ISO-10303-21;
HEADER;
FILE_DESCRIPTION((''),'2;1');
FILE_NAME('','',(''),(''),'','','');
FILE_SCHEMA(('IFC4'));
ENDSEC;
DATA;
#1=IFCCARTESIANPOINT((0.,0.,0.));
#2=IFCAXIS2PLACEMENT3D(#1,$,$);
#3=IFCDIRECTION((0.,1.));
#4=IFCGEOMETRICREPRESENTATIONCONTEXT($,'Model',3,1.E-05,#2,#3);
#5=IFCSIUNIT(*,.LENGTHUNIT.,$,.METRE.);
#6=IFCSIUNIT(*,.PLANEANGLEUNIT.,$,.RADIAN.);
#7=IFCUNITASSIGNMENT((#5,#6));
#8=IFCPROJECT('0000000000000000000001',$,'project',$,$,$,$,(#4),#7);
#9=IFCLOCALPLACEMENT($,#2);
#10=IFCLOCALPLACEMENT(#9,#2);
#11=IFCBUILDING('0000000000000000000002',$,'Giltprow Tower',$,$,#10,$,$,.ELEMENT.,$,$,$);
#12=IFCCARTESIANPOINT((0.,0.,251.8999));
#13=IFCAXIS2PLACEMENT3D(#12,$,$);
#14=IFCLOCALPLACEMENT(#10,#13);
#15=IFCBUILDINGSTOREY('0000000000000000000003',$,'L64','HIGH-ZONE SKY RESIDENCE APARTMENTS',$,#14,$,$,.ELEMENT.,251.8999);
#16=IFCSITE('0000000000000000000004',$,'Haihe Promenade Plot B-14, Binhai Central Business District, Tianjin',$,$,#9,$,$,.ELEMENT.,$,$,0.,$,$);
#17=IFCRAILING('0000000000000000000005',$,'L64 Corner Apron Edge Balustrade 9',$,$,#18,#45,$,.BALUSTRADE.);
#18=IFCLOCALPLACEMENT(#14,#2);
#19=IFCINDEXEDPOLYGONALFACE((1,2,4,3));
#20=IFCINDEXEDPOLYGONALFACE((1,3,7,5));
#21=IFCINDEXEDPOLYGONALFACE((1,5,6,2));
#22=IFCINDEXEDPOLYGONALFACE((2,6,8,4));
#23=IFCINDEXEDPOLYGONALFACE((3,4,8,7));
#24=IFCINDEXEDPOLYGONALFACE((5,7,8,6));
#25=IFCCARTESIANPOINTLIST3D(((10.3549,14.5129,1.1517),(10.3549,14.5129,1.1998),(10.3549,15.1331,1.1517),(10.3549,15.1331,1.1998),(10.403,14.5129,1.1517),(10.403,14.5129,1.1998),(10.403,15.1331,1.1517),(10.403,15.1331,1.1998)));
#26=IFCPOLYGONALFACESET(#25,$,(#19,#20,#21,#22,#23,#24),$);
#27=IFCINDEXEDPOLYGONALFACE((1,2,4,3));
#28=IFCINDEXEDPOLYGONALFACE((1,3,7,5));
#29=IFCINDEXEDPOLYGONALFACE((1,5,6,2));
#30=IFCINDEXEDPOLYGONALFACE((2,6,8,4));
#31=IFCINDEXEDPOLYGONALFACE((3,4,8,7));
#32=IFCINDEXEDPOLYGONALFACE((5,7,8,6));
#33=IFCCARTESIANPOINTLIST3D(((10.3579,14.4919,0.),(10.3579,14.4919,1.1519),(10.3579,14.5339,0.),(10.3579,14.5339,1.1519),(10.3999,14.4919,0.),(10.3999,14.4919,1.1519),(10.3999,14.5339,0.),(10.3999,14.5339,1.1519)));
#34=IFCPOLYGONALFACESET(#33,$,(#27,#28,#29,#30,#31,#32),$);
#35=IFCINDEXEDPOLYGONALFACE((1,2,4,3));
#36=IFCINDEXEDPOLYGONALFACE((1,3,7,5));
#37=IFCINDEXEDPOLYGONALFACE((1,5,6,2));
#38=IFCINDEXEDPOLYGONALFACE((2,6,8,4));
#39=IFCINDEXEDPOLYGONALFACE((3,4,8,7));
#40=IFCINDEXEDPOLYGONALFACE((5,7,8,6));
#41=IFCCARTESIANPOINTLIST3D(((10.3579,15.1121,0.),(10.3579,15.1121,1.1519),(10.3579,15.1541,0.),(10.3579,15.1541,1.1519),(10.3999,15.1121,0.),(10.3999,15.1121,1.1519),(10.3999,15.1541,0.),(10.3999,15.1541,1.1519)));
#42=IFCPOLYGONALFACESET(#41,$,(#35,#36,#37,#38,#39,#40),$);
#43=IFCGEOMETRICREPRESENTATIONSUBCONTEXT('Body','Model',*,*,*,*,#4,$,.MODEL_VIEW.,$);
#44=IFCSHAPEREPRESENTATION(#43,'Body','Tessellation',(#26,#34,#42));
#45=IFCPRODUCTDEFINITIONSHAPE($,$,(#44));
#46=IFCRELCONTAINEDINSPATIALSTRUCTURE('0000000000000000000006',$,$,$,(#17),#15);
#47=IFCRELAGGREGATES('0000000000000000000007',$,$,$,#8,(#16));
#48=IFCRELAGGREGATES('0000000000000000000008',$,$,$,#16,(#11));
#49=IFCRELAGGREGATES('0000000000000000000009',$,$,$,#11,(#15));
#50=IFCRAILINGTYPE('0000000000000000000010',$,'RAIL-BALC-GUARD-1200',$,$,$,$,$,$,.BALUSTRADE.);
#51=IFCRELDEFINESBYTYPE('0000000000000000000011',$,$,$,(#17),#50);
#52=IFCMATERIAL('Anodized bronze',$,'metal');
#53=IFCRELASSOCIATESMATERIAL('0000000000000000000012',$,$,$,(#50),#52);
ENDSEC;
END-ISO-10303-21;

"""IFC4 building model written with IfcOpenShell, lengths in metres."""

from ifc_helpers import new_model, si_unit, direction, frame, origin, origin_2d, place, context, subcontext, project, spatial, rectangle, extrude, material, type_object, element, save


model = new_model("IFC4")

# Units and contexts
model_context = context("Model", 3, precision=1e-05, world=origin(), true_north=direction((0.0, 1.0)))
body_context = subcontext(model_context, "Body", "Model", "MODEL_VIEW")
ifc_project = project(units=[si_unit("LENGTHUNIT", "METRE"), si_unit("PLANEANGLEUNIT", "RADIAN")], contexts=[model_context])

# Site, building, storey
site_placement = place(None, origin())
site = spatial("IfcSite", under=ifc_project, at=site_placement, Name="Haihe Promenade Plot B-14, Binhai Central Business District, Tianjin", CompositionType="ELEMENT", RefElevation=0.0)
building_placement = place(site_placement, origin())
building = spatial("IfcBuilding", under=site, at=building_placement, Name="Giltprow Tower", CompositionType="ELEMENT")
storey_placement = place(building_placement, frame((0.0, 0.0, 251.8999)))
storey = spatial("IfcBuildingStorey", under=building, at=storey_placement, Name="L64", Description="HIGH-ZONE SKY RESIDENCE APARTMENTS", CompositionType="ELEMENT", Elevation=251.8999)

# Shared definitions
ifc_material_1 = material(Name="Anodized bronze", Category="metal")

# Railing
railing_type = type_object("IfcRailingType", Name="RAIL-BALC-GUARD-1200", PredefinedType="BALUSTRADE", material=ifc_material_1)
railing_placement = place(storey_placement, frame((10.3789, 14.5129, 0.0)))
element("IfcRailing", 1, at=railing_placement, inside=storey, type_object=railing_type, Name="L64 Corner Apron Edge Balustrade 9", PredefinedType="BALUSTRADE", context=body_context, shape_type="SweptSolid", body=[
    extrude(rectangle(XDim=0.0481, YDim=0.0481, at=origin_2d()), frame((0.0, 0.0, 1.1758), z_axis=(0.0, 1.0, 0.0), x_axis=(-1.0, 0.0, 0.0)), (0.0, 0.0, 1.0), 0.6201),
    extrude(rectangle(XDim=0.042, YDim=0.042, at=origin_2d()), origin(), (0.0, 0.0, 1.0), 1.1519),
    extrude(rectangle(XDim=0.042, YDim=0.042, at=origin_2d()), frame((0.0, 0.6201, 0.0)), (0.0, 0.0, 1.0), 1.1519),
])

save(model, "model.ifc")
